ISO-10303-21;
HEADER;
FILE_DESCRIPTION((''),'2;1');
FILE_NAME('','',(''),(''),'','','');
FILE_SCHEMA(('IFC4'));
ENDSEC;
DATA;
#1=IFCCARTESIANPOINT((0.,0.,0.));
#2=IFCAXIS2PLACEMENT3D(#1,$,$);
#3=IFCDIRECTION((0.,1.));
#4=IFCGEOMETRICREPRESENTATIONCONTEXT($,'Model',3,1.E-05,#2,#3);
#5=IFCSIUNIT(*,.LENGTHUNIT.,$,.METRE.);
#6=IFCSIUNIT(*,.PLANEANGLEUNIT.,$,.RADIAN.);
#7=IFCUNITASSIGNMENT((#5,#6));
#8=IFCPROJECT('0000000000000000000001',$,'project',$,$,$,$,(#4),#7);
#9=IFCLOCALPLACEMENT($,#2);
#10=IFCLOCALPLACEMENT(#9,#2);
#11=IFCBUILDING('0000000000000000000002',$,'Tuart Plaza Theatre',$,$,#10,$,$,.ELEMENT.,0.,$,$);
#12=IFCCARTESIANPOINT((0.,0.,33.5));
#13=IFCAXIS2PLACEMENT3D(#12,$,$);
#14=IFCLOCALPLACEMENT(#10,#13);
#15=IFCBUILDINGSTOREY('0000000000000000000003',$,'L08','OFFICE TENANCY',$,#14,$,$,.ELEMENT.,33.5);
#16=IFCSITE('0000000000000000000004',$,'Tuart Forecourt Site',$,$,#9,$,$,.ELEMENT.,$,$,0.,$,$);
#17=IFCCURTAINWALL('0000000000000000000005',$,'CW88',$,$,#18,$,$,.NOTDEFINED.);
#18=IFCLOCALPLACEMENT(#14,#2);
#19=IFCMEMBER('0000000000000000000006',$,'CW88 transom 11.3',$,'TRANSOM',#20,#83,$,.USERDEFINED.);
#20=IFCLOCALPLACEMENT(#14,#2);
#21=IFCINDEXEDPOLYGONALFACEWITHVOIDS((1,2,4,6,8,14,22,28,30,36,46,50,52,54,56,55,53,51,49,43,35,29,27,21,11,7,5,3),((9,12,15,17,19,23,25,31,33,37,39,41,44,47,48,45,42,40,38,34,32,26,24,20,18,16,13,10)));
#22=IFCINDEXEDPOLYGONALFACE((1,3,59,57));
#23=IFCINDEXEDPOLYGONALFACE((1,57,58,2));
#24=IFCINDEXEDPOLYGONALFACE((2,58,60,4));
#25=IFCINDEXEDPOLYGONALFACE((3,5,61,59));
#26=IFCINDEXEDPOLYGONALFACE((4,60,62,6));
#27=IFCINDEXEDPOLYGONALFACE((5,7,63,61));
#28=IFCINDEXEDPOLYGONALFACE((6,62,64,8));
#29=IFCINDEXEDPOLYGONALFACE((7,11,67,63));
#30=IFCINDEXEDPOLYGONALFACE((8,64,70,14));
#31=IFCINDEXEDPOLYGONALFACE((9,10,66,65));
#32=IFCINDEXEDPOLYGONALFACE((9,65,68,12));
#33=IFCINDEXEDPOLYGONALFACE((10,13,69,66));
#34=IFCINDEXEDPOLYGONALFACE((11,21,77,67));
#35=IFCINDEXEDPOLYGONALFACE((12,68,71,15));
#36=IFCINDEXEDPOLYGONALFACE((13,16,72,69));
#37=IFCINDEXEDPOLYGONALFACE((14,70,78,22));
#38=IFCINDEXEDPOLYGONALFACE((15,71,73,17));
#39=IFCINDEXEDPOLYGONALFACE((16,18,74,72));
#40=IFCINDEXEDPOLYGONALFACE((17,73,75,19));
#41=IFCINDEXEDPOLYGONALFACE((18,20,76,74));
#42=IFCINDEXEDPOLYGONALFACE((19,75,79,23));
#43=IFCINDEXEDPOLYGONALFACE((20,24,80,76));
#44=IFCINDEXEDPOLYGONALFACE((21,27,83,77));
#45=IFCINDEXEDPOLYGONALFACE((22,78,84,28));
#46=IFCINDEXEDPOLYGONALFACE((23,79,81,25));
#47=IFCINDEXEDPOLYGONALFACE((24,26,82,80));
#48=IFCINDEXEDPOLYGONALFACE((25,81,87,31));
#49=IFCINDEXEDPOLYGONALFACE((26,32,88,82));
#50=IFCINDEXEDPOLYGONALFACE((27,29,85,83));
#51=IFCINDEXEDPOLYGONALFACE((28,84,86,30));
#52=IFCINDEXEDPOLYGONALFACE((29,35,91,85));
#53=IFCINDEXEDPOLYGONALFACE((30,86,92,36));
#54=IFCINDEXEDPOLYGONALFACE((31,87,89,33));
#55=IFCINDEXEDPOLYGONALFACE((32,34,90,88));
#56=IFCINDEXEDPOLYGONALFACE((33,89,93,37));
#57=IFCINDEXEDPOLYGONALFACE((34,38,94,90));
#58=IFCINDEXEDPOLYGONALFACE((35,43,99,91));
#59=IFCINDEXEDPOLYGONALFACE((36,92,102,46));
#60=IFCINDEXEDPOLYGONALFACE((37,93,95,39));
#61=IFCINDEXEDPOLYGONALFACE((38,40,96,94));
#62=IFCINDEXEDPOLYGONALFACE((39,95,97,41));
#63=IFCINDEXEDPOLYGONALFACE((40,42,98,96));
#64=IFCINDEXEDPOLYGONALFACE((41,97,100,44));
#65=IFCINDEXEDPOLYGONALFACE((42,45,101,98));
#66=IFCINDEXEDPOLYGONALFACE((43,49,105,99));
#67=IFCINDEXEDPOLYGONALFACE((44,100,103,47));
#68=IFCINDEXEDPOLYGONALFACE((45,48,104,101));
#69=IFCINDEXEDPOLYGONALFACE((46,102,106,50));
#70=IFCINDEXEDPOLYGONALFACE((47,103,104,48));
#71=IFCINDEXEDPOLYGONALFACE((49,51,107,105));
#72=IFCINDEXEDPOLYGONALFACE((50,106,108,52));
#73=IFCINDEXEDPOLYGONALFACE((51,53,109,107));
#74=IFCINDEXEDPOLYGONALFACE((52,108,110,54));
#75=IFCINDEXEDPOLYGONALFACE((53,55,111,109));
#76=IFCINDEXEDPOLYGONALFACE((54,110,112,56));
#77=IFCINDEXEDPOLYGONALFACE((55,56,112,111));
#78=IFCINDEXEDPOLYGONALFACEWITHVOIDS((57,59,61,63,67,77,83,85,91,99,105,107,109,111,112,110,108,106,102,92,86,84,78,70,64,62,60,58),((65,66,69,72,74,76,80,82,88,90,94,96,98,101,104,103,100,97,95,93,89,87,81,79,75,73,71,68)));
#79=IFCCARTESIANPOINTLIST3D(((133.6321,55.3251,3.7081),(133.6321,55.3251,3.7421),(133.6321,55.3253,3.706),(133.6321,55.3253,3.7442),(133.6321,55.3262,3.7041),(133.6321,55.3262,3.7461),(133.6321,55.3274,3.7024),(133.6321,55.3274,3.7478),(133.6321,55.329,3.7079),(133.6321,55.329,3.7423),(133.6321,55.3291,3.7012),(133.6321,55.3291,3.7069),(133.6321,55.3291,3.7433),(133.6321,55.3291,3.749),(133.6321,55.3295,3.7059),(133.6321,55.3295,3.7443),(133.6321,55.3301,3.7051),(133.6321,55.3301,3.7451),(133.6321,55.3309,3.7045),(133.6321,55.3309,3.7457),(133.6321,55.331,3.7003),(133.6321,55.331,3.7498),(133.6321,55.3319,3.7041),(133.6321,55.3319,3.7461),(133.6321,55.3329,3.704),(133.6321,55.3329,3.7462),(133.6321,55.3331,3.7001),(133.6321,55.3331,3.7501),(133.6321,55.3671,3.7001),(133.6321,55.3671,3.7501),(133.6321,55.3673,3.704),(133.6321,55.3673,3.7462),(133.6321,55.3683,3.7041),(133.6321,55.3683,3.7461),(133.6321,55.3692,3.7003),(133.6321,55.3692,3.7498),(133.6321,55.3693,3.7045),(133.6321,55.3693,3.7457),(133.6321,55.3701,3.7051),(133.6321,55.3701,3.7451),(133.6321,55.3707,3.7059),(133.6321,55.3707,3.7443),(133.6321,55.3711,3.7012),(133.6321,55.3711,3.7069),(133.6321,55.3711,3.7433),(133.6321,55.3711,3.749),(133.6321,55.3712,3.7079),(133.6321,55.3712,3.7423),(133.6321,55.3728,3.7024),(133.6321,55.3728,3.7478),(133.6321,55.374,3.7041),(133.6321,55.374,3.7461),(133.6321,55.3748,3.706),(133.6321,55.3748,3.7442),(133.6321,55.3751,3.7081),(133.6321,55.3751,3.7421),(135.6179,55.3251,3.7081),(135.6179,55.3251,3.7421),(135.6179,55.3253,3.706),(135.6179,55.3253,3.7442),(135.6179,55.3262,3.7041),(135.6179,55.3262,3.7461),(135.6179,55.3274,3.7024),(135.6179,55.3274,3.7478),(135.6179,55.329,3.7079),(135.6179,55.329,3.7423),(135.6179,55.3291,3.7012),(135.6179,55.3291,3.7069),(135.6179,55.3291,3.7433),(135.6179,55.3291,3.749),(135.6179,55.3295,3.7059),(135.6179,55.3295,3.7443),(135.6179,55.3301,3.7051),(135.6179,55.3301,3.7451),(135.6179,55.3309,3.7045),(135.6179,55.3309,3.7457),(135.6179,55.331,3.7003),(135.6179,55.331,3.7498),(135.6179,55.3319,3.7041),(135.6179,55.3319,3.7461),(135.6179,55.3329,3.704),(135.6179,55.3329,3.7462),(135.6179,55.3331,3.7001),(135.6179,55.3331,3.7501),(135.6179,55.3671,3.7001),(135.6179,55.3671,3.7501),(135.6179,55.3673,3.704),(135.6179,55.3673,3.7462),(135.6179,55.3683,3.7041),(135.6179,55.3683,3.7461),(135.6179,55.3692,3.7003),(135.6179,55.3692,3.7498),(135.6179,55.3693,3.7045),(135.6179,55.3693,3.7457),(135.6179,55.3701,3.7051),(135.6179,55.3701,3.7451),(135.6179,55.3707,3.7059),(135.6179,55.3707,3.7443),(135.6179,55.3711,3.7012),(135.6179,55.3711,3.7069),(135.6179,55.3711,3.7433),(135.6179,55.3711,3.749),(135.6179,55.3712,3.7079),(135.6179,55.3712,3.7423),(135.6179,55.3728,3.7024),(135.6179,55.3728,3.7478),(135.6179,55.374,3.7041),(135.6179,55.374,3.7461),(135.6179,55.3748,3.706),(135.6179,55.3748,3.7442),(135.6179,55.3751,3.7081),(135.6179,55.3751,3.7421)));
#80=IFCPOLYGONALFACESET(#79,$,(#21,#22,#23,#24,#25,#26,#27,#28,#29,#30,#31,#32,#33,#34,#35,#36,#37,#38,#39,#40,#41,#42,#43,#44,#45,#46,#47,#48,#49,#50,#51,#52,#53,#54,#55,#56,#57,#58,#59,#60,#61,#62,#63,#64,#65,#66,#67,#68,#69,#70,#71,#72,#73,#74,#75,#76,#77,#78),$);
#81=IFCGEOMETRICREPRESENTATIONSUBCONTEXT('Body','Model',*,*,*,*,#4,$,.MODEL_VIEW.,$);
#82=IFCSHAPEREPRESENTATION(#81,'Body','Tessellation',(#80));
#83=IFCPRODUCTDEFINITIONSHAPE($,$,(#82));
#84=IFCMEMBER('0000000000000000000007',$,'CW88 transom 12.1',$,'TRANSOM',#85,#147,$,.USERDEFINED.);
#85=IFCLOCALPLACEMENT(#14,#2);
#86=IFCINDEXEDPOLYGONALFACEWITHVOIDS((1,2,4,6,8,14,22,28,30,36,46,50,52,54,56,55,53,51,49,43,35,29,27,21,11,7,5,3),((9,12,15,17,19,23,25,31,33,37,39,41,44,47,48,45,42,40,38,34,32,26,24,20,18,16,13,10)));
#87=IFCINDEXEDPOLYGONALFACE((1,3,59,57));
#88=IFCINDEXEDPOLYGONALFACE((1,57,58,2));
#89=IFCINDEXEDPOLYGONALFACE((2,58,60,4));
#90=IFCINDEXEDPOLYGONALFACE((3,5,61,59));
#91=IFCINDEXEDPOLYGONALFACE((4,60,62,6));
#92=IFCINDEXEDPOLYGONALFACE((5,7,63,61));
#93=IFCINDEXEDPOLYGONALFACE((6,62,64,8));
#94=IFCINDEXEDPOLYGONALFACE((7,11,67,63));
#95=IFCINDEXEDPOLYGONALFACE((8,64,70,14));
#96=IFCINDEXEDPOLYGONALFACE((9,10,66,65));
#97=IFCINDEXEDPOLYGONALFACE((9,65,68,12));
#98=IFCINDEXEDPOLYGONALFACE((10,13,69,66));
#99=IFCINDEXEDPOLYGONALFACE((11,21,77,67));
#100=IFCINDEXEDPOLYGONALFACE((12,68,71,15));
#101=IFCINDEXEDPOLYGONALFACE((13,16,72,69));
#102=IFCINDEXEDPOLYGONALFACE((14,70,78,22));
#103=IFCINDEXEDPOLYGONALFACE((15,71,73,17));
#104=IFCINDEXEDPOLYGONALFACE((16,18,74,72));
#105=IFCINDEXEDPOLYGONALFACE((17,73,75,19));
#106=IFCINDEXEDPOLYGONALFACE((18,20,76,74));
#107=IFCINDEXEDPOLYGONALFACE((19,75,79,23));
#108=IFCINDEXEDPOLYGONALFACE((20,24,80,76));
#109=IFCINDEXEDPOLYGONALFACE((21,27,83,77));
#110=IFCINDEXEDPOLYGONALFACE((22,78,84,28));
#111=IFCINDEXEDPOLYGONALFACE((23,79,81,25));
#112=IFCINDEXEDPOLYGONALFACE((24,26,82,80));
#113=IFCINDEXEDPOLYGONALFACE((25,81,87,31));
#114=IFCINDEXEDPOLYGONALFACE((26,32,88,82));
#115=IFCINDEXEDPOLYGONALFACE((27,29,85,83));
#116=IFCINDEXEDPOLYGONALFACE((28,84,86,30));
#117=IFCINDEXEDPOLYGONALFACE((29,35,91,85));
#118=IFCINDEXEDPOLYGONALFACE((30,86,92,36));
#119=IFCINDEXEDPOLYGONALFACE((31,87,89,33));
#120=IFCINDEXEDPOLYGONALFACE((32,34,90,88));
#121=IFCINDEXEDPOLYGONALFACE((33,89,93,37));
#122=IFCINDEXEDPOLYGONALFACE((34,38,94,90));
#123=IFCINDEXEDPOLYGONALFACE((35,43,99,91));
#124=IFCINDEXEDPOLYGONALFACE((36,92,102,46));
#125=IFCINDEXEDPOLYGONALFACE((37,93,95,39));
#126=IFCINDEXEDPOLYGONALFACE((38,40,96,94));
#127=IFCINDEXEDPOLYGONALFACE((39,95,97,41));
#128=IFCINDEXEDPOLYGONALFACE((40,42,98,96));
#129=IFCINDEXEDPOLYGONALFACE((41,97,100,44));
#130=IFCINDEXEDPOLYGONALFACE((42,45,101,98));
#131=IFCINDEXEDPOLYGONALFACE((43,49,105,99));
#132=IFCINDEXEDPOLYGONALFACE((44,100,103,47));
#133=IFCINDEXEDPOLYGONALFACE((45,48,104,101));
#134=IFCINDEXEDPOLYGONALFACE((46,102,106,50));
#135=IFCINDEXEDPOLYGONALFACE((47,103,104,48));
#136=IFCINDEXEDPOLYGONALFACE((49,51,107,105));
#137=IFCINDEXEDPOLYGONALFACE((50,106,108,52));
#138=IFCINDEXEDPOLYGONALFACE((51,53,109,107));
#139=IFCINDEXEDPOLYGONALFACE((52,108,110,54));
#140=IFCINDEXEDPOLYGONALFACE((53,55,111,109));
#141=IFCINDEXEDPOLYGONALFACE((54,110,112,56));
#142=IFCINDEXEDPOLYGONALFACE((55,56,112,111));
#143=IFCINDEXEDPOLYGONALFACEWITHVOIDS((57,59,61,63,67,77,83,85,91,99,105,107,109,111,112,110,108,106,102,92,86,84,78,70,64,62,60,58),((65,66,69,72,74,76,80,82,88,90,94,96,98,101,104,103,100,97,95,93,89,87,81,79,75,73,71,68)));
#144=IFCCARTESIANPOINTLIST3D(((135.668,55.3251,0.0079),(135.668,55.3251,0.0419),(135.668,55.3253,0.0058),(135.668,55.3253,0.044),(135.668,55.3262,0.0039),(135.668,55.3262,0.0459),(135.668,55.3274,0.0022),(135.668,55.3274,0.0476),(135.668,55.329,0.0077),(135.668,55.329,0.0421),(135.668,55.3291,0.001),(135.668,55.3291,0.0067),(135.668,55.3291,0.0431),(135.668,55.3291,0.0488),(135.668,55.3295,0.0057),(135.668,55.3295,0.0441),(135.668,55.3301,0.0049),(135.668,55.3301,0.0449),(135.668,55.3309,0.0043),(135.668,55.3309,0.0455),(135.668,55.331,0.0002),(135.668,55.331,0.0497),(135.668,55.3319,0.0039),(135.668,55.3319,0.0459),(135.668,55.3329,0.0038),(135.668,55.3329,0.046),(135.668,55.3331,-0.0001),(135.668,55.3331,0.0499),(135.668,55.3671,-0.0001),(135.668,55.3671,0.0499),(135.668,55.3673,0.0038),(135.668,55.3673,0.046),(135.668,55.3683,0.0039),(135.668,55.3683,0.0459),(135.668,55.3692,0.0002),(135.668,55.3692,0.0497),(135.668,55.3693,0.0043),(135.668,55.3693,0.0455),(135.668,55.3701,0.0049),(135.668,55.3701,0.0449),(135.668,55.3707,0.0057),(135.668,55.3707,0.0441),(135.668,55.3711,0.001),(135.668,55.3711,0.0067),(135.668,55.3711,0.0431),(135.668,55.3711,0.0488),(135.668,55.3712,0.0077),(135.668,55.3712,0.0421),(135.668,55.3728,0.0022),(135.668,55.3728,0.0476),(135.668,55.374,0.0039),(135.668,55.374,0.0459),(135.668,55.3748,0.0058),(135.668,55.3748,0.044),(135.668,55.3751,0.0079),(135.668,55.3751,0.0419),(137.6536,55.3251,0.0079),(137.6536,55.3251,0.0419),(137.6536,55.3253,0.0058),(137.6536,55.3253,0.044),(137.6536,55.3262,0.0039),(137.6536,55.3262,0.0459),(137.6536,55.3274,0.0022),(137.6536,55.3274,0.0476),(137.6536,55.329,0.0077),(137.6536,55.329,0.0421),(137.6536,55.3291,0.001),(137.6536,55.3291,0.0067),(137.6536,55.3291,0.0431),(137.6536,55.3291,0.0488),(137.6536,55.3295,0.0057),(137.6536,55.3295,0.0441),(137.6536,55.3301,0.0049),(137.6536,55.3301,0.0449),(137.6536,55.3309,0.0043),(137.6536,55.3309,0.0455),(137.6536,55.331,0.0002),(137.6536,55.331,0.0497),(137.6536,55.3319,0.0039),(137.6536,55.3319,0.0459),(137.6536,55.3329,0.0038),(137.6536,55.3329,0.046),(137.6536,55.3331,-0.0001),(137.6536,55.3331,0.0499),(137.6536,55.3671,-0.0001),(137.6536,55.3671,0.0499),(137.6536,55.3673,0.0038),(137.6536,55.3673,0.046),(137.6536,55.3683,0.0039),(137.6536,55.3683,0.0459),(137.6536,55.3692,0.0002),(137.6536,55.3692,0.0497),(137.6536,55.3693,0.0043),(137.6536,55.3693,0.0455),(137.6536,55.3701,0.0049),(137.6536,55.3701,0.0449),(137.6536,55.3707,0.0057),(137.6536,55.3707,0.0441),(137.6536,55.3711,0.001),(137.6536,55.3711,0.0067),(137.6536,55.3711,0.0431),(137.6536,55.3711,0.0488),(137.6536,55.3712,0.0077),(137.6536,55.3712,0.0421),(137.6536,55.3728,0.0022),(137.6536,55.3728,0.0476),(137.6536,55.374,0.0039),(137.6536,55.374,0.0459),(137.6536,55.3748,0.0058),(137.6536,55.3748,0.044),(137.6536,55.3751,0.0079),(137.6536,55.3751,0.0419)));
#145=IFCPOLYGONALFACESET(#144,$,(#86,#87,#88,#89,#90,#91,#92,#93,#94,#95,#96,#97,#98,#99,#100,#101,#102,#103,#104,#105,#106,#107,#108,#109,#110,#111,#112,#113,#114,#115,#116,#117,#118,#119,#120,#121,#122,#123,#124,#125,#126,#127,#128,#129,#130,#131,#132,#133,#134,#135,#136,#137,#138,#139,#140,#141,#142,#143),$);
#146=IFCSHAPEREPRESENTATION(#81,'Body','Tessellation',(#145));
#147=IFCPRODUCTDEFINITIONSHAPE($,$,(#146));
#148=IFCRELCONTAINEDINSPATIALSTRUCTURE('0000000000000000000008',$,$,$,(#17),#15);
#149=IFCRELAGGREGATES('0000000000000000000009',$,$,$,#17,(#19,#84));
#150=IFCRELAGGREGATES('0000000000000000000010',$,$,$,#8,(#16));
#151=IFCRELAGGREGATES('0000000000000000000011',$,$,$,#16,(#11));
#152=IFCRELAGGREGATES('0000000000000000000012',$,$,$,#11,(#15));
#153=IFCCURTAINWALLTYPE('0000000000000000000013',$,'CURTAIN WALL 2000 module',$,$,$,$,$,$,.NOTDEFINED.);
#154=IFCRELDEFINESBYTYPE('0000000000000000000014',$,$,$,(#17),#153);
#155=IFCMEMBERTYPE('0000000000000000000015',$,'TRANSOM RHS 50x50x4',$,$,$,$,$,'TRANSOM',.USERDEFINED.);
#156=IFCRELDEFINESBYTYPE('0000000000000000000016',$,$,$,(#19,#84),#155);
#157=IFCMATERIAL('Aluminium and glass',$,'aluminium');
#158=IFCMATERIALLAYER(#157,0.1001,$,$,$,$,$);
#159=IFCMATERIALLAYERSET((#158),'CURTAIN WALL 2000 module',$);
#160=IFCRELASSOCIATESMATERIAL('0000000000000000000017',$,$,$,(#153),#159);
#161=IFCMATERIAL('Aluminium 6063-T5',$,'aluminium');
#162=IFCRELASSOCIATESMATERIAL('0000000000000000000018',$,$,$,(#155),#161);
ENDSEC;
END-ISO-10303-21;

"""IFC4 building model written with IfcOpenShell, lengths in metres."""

from ifc_helpers import new_model, si_unit, direction, frame, origin, origin_2d, place, context, subcontext, project, spatial, hollow_rectangle, extrude, material, layer, layer_set, material_profile, profile_set, type_object, element, aggregate, save


model = new_model("IFC4")

# Units and contexts
model_context = context("Model", 3, precision=1e-05, world=origin(), true_north=direction((0.0, 1.0)))
body_context = subcontext(model_context, "Body", "Model", "MODEL_VIEW")
ifc_project = project(units=[si_unit("LENGTHUNIT", "METRE"), si_unit("PLANEANGLEUNIT", "RADIAN")], contexts=[model_context])

# Site, building, storey
site_placement = place(None, origin())
site = spatial("IfcSite", under=ifc_project, at=site_placement, Name="Tuart Forecourt Site", CompositionType="ELEMENT", RefElevation=0.0)
building_placement = place(site_placement, origin())
building = spatial("IfcBuilding", under=site, at=building_placement, Name="Tuart Plaza Theatre", CompositionType="ELEMENT", ElevationOfRefHeight=0.0)
storey_placement = place(building_placement, frame((0.0, 0.0, 33.5)))
storey = spatial("IfcBuildingStorey", under=building, at=storey_placement, Name="L08", Description="OFFICE TENANCY", CompositionType="ELEMENT", Elevation=33.5)

# Curtain wall, members
ifc_material_1 = material(Name="Aluminium and glass", Category="aluminium")
ifc_layer_1 = layer(ifc_material_1, 0.1001)
ifc_layer_set_1 = layer_set([ifc_layer_1], Name="CURTAIN WALL 2000 module")
curtain_wall_type = type_object("IfcCurtainWallType", Name="CURTAIN WALL 2000 module", PredefinedType="NOTDEFINED", material=ifc_layer_set_1)
curtain_wall_placement = place(storey_placement, origin())
curtain_wall = element("IfcCurtainWall", 1, at=curtain_wall_placement, inside=storey, type_object=curtain_wall_type, Name="CW88", PredefinedType="NOTDEFINED")
ifc_material_2 = material(Name="Aluminium 6063-T5", Category="aluminium")
ifc_material_profile_1 = material_profile(ifc_material_2, hollow_rectangle(XDim=0.05, YDim=0.05, WallThickness=0.0039, InnerFilletRadius=0.0039, OuterFilletRadius=0.0081, at=origin_2d()), Name="RHS 50x50x4")
ifc_profile_set_1 = profile_set([ifc_material_profile_1], Name="Aluminium 6063-T5")
member_type_1 = type_object("IfcMemberType", Name="TRANSOM RHS 50x50x4", ElementType="TRANSOM", PredefinedType="USERDEFINED", material=ifc_profile_set_1)
member_1_placement = place(storey_placement, frame((133.6321, 55.3501, 3.7251), z_axis=(1.0, 0.0, 0.0), x_axis=(0.0, 1.0, 0.0)))
member_1 = element("IfcMember", 2, at=member_1_placement, type_object=member_type_1, Name="CW88 transom 11.3", ObjectType="TRANSOM", PredefinedType="USERDEFINED", context=body_context, shape_type="SweptSolid", body=[
    extrude(hollow_rectangle(XDim=0.05, YDim=0.05, WallThickness=0.0039, InnerFilletRadius=0.0039, OuterFilletRadius=0.0081, at=origin_2d()), origin(), (0.0, 0.0, 1.0), 1.9858),
])
member_2_placement = place(storey_placement, frame((135.668, 55.3501, 0.0249), z_axis=(1.0, 0.0, 0.0), x_axis=(0.0, 1.0, 0.0)))
member_2 = element("IfcMember", 3, at=member_2_placement, type_object=member_type_1, Name="CW88 transom 12.1", ObjectType="TRANSOM", PredefinedType="USERDEFINED", context=body_context, shape_type="SweptSolid", body=[
    extrude(hollow_rectangle(XDim=0.05, YDim=0.05, WallThickness=0.0039, InnerFilletRadius=0.0039, OuterFilletRadius=0.0081, at=origin_2d()), origin(), (0.0, 0.0, 1.0), 1.9856),
])
aggregate(curtain_wall, [member_1, member_2])

save(model, "model.ifc")
